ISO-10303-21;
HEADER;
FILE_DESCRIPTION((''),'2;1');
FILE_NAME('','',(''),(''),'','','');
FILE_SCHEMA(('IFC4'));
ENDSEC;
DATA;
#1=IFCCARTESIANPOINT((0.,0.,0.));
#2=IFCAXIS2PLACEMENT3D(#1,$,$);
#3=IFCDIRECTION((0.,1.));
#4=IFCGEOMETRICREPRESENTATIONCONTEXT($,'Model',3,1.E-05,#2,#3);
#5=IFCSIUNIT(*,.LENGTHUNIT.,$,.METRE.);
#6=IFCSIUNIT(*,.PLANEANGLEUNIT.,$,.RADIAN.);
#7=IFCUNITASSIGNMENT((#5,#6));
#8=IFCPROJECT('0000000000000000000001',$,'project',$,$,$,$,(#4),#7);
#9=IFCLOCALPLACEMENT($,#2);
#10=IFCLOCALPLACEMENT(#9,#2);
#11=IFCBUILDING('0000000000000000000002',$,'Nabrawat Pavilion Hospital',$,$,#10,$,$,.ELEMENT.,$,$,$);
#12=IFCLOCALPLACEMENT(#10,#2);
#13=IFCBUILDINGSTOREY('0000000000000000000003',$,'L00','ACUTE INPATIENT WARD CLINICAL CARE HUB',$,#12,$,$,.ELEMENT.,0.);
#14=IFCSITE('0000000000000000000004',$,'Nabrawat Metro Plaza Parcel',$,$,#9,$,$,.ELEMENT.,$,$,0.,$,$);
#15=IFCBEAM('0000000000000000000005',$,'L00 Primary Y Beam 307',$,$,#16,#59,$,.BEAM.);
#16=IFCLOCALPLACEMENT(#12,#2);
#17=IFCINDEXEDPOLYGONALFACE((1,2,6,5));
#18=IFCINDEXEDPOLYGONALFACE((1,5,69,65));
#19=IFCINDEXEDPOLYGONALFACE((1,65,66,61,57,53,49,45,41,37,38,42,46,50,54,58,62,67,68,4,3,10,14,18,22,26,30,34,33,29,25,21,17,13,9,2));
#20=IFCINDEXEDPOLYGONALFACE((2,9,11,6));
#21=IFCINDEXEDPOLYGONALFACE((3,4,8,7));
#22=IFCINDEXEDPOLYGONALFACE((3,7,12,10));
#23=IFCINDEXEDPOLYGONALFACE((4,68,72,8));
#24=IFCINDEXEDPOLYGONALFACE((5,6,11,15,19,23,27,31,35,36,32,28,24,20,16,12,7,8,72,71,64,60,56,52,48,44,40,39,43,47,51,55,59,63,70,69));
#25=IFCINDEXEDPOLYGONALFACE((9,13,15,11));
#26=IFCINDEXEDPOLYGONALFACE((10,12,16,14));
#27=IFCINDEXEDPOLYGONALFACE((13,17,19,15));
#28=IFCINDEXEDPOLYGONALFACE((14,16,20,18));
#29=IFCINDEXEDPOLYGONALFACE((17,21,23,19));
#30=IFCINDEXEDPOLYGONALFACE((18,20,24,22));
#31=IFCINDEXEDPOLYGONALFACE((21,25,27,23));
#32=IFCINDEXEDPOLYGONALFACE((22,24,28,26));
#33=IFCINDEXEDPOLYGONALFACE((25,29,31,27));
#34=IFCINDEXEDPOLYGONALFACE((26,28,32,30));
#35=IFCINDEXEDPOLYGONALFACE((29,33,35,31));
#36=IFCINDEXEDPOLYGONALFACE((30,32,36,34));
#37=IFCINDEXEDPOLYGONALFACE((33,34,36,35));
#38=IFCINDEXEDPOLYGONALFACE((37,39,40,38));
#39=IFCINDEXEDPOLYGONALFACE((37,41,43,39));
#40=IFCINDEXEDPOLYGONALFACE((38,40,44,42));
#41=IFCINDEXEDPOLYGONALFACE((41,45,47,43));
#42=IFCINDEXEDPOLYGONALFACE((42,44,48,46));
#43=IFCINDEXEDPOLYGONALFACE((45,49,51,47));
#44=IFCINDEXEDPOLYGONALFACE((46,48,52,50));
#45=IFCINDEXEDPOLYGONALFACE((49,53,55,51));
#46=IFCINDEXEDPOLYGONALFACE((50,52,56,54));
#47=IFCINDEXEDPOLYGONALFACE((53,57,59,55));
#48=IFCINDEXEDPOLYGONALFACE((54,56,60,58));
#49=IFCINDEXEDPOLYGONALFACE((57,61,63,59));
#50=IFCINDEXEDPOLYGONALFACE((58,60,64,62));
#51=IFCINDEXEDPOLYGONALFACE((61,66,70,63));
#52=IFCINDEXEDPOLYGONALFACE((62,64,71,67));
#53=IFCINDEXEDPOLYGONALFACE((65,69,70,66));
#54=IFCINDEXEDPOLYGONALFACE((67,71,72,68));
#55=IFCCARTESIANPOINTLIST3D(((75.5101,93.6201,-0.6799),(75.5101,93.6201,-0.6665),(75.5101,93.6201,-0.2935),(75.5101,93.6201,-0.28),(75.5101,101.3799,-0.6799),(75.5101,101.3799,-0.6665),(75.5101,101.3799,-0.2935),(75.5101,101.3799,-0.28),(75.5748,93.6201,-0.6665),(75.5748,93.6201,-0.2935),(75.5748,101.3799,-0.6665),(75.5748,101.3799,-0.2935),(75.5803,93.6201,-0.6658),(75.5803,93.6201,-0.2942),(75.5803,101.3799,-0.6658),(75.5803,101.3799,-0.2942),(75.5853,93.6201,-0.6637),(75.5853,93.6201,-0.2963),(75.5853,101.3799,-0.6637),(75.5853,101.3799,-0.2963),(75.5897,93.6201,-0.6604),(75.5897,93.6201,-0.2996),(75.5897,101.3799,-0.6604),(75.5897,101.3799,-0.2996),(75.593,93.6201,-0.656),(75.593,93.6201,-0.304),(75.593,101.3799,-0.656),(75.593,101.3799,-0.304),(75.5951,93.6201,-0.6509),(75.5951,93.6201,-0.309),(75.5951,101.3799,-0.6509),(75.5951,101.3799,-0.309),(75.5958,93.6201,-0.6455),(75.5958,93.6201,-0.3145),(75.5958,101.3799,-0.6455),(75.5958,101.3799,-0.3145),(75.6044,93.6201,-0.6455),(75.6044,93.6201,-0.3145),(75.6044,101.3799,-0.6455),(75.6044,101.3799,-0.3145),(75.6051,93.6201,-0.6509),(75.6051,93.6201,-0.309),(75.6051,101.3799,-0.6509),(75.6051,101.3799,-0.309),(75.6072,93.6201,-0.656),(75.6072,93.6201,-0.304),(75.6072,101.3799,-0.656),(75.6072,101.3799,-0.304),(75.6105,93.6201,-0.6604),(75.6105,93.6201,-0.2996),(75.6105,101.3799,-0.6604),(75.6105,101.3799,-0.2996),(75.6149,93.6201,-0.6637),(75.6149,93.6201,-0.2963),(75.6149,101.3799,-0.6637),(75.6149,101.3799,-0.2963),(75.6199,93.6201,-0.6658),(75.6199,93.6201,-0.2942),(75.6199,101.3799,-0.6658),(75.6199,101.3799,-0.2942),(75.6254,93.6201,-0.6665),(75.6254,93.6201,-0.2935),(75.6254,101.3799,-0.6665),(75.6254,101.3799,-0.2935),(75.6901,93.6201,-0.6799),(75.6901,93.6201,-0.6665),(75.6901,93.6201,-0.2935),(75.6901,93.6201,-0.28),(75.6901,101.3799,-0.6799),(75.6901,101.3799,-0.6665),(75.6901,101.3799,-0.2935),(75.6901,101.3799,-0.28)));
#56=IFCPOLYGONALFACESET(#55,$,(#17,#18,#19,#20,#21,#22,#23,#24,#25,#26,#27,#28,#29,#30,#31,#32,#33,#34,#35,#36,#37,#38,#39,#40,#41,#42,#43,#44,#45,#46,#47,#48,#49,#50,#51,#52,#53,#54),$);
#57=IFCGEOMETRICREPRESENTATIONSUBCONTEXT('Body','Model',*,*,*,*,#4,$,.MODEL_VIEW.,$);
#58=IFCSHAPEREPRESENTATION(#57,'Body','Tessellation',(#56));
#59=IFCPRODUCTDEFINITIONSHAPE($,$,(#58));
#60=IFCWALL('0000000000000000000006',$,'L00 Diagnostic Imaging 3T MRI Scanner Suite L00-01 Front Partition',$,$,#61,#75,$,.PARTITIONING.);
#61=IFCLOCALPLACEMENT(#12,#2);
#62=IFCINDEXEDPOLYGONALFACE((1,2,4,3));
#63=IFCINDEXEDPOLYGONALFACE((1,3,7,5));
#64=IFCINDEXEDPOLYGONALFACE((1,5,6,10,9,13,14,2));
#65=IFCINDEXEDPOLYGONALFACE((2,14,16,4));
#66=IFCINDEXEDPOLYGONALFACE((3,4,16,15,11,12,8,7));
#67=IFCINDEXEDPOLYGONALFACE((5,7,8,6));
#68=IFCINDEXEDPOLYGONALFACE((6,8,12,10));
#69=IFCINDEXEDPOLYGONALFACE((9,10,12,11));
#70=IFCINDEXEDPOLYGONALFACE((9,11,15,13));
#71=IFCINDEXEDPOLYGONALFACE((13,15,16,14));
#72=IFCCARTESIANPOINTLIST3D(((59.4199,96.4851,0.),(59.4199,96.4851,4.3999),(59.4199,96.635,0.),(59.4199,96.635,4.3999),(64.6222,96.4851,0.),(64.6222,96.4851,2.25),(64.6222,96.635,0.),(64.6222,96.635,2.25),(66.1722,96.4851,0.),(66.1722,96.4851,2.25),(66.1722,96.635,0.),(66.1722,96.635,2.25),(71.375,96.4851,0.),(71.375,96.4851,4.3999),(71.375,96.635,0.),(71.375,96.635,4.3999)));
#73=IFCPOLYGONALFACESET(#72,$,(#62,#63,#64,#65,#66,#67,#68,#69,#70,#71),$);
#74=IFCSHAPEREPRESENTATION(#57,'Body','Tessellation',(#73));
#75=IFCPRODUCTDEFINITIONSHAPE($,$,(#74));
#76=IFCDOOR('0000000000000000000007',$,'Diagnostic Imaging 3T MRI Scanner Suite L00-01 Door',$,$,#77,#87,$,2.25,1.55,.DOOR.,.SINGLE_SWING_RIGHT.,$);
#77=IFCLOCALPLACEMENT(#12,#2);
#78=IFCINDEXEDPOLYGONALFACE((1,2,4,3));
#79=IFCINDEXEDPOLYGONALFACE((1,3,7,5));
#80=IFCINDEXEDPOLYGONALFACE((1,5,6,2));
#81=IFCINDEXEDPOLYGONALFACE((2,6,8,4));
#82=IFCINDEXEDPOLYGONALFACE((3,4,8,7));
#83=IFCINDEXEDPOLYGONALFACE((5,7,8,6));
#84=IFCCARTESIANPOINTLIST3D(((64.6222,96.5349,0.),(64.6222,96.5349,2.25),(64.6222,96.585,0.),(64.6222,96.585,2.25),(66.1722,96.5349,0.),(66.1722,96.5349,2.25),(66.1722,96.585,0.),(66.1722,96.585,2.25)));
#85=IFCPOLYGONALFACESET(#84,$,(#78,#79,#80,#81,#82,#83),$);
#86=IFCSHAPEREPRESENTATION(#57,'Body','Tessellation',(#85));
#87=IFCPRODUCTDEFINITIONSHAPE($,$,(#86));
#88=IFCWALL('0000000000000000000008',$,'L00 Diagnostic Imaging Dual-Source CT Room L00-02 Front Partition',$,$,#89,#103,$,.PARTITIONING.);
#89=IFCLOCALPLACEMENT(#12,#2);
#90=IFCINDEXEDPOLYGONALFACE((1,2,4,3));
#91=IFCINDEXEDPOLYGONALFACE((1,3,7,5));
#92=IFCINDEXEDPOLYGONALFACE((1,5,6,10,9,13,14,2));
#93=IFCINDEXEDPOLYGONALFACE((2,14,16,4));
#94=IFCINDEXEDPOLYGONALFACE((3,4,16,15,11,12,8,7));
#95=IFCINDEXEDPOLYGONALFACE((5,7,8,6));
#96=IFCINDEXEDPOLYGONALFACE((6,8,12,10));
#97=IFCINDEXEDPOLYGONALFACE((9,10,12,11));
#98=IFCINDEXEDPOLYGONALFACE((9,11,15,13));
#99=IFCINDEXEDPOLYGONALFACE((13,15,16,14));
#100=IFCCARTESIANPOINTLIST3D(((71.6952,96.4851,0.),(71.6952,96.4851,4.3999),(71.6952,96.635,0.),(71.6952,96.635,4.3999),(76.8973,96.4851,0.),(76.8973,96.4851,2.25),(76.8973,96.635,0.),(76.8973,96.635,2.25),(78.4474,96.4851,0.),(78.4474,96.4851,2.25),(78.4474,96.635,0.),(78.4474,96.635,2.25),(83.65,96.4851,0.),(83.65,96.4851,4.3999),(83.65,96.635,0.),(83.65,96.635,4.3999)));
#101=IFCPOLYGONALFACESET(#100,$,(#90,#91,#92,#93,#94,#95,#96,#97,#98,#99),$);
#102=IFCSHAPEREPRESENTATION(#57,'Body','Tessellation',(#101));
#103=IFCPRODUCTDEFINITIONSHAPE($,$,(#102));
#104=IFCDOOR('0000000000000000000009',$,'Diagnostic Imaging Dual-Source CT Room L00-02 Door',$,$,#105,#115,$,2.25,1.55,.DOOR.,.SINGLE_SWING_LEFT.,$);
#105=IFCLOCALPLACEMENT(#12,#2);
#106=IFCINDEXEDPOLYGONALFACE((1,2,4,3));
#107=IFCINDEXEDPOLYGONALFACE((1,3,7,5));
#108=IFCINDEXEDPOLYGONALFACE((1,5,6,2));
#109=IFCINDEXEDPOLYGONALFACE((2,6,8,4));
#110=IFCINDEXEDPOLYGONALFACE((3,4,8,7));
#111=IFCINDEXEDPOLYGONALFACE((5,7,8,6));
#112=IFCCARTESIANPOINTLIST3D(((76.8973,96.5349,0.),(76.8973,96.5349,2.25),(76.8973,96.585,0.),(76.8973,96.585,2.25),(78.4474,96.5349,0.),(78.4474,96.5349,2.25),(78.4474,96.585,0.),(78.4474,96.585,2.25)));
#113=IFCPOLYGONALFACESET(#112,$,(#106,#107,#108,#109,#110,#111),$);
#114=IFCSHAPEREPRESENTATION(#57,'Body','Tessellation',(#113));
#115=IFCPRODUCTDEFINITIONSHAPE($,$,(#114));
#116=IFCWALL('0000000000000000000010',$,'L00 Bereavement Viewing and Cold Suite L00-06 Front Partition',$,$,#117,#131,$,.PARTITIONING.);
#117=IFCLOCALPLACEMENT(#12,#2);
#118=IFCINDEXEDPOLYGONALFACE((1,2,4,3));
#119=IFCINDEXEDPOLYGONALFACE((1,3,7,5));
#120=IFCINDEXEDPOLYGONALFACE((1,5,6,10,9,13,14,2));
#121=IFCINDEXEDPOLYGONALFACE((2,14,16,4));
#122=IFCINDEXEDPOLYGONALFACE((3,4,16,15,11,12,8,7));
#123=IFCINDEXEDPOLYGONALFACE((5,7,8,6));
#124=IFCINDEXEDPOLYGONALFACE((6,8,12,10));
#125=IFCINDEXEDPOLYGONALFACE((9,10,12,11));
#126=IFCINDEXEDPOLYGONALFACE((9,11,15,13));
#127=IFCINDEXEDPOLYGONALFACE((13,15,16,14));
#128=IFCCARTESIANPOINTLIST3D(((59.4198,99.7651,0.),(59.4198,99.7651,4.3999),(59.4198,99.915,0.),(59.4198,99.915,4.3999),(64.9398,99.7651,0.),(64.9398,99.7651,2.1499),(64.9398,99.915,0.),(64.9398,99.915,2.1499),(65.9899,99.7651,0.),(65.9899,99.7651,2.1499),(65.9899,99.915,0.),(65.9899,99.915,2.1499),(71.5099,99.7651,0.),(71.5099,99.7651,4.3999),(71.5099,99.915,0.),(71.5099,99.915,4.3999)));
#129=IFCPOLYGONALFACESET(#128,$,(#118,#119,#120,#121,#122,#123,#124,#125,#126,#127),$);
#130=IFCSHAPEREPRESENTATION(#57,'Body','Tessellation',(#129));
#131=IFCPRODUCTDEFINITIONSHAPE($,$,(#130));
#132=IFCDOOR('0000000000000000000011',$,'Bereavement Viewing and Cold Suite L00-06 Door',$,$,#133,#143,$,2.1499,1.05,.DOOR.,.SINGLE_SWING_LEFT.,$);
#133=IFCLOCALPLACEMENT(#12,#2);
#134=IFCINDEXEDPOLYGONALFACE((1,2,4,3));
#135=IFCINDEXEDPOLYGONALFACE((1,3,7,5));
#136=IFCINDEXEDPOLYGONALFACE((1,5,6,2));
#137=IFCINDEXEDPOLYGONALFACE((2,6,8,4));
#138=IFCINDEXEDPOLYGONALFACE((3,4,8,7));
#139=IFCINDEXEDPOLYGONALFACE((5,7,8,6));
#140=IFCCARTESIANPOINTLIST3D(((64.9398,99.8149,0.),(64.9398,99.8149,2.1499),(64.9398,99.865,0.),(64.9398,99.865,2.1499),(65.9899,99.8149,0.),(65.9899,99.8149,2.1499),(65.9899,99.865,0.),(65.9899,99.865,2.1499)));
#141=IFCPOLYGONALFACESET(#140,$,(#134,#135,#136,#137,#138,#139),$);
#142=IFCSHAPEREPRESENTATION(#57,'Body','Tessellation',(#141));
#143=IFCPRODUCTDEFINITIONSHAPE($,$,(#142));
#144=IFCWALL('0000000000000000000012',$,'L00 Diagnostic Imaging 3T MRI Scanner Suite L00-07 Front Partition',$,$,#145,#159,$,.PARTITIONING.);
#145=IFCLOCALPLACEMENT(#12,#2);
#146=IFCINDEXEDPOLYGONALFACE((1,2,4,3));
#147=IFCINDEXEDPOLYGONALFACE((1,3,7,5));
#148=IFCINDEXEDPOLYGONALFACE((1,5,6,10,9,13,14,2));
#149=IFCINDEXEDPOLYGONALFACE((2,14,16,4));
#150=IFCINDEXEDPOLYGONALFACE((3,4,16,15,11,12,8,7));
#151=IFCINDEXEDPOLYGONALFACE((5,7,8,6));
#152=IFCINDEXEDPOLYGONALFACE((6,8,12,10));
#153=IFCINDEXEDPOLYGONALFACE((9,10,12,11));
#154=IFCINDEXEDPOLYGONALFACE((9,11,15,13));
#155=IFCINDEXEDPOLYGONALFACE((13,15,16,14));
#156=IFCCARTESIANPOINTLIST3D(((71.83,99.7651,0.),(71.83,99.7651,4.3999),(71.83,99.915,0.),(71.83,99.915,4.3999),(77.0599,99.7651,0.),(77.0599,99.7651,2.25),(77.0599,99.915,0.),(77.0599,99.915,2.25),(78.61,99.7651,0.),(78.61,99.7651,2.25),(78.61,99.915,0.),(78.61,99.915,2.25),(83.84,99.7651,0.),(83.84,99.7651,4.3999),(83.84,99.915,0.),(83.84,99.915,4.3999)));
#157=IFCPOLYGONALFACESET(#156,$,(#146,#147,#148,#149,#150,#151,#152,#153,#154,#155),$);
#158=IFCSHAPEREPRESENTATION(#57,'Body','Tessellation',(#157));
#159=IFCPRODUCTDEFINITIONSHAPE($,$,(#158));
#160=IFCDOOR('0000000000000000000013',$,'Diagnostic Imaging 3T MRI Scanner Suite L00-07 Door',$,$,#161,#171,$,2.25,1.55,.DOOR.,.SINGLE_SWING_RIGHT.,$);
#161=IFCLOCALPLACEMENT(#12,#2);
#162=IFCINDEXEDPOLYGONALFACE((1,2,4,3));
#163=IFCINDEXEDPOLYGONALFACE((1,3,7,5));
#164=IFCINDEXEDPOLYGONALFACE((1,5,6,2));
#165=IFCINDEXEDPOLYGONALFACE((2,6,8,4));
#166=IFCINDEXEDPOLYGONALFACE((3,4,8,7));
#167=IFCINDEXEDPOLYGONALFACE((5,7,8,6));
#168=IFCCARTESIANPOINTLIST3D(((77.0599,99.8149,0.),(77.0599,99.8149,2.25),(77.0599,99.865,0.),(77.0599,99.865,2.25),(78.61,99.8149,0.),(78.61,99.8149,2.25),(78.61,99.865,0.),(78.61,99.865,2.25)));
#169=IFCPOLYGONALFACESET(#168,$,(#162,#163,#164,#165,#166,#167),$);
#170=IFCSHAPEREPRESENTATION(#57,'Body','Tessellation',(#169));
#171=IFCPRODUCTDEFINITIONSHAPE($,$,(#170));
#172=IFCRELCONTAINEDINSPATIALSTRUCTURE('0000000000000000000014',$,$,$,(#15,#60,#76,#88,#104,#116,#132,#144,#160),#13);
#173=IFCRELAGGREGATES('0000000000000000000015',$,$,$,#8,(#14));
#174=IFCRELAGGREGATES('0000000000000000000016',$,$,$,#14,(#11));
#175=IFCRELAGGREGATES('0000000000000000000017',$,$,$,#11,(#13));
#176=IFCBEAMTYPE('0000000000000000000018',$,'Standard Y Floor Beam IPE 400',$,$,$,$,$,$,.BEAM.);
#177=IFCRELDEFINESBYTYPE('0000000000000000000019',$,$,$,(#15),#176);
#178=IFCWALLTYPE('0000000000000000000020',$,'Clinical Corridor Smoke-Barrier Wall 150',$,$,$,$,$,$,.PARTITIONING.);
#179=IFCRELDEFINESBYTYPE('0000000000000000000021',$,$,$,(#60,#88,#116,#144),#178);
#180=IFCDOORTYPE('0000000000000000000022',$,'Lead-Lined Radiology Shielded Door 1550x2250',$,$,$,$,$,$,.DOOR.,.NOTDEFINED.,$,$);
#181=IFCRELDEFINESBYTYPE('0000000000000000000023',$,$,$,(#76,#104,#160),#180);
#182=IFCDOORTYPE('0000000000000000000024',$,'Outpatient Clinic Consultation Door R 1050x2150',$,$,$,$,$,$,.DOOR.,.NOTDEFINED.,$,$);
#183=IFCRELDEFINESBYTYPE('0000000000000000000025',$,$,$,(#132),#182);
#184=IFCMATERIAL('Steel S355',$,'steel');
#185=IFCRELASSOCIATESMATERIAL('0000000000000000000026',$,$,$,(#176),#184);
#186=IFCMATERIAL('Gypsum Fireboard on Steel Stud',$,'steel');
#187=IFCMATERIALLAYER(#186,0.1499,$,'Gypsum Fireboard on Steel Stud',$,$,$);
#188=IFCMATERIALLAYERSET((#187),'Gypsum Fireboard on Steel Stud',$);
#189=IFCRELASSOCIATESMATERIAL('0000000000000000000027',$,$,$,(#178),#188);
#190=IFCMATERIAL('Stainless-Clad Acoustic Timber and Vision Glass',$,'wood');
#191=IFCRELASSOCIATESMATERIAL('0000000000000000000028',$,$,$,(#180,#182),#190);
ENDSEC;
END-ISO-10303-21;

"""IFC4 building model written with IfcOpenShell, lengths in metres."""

from ifc_helpers import new_model, si_unit, direction, frame, frame_2d, origin, origin_2d, place, context, subcontext, project, spatial, rectangle, i_section, extrude, material, layer, layer_set, material_profile, profile_set, type_object, element, fill, save


model = new_model("IFC4")

# Units and contexts
model_context = context("Model", 3, precision=1e-05, world=origin(), true_north=direction((0.0, 1.0)))
body_context = subcontext(model_context, "Body", "Model", "MODEL_VIEW")
ifc_project = project(units=[si_unit("LENGTHUNIT", "METRE"), si_unit("PLANEANGLEUNIT", "RADIAN")], contexts=[model_context])

# Site, building, storey
site_placement = place(None, origin())
site = spatial("IfcSite", under=ifc_project, at=site_placement, Name="Nabrawat Metro Plaza Parcel", CompositionType="ELEMENT", RefElevation=0.0)
building_placement = place(site_placement, origin())
building = spatial("IfcBuilding", under=site, at=building_placement, Name="Nabrawat Pavilion Hospital", CompositionType="ELEMENT")
storey_placement = place(building_placement, origin())
storey = spatial("IfcBuildingStorey", under=building, at=storey_placement, Name="L00", Description="ACUTE INPATIENT WARD CLINICAL CARE HUB", CompositionType="ELEMENT", Elevation=0.0)

# Shared definitions
ifc_material_1 = material(Name="Steel S355", Category="steel")

# Beam
ifc_material_profile_1 = material_profile(ifc_material_1, i_section(OverallWidth=0.1799, OverallDepth=0.3999, WebThickness=0.0085, FlangeThickness=0.0134, FilletRadius=0.021, at=origin_2d()), Name="IPE 400")
ifc_profile_set_1 = profile_set([ifc_material_profile_1], Name="Steel S355")
beam_type_1 = type_object("IfcBeamType", Name="Standard Y Floor Beam IPE 400", PredefinedType="BEAM", material=ifc_profile_set_1)
for number, where, z_axis, x_axis, name in (
    (1, (75.6001, 93.6201, -0.48), (0.0, 1.0, 0.0), (-1.0, 0.0, 0.0), "L00 Primary Y Beam 307"),
):
    element("IfcBeam", number, at=place(storey_placement, frame(where, z_axis=z_axis, x_axis=x_axis)), inside=storey, type_object=beam_type_1, Name=name, PredefinedType="BEAM", context=body_context, shape_type="SweptSolid", body=[
        extrude(i_section(OverallWidth=0.1799, OverallDepth=0.3999, WebThickness=0.0085, FlangeThickness=0.0134, FilletRadius=0.021, at=origin_2d()), origin(), (0.0, 0.0, 1.0), 7.7598),
    ])

# Walls, openings, doors
ifc_material_2 = material(Name="Gypsum Fireboard on Steel Stud", Category="steel")
ifc_layer_1 = layer(ifc_material_2, 0.1499, Name="Gypsum Fireboard on Steel Stud")
ifc_layer_set_1 = layer_set([ifc_layer_1], Name="Gypsum Fireboard on Steel Stud")
wall_type_1 = type_object("IfcWallType", Name="Clinical Corridor Smoke-Barrier Wall 150", PredefinedType="PARTITIONING", material=ifc_layer_set_1)
wall_1_placement = place(storey_placement, frame((59.4199, 96.5601, 0.0), z_axis=(0.0, 0.0, 1.0), x_axis=(1.0, 0.0, 0.0)))
wall_1 = element("IfcWall", 2, at=wall_1_placement, inside=storey, type_object=wall_type_1, Name="L00 Diagnostic Imaging 3T MRI Scanner Suite L00-01 Front Partition", PredefinedType="PARTITIONING", context=body_context, shape_type="SweptSolid", body=[
    extrude(rectangle(XDim=11.9551, YDim=0.1499, at=frame_2d((5.9775, 0.0))), origin(), (0.0, 0.0, 1.0), 4.3999),
])
opening_1_placement = place(wall_1_placement, frame((5.2024, 0.0, 0.0)))
opening_1 = element("IfcOpeningElement", 3, at=opening_1_placement, cuts=wall_1, PredefinedType="OPENING", context=body_context, shape_type="SweptSolid", body=[
    extrude(rectangle(XDim=1.55, YDim=2.25, at=frame_2d((0.7749, 1.125))), frame((0.0, 0.085, 0.0), z_axis=(0.0, -1.0, 0.0), x_axis=(1.0, 0.0, 0.0)), (0.0, 0.0, 1.0), 0.1699),
])
ifc_material_3 = material(Name="Stainless-Clad Acoustic Timber and Vision Glass", Category="wood")
door_type_1 = type_object("IfcDoorType", Name="Lead-Lined Radiology Shielded Door 1550x2250", OperationType="NOTDEFINED", PredefinedType="DOOR", material=ifc_material_3)
door_1_placement = place(opening_1_placement, origin())
door_1 = element("IfcDoor", 4, at=door_1_placement, inside=storey, type_object=door_type_1, Name="Diagnostic Imaging 3T MRI Scanner Suite L00-01 Door", OperationType="SINGLE_SWING_RIGHT", OverallHeight=2.25, OverallWidth=1.55, PredefinedType="DOOR", context=body_context, shape_type="SweptSolid", body=[
    extrude(rectangle(XDim=1.55, YDim=2.25, at=frame_2d((0.7749, 1.125))), frame((0.0, 0.0249, 0.0), z_axis=(0.0, -1.0, 0.0), x_axis=(1.0, 0.0, 0.0)), (0.0, 0.0, 1.0), 0.05),
])
fill(opening_1, door_1)
wall_2_placement = place(storey_placement, frame((71.6951, 96.5601, 0.0), z_axis=(0.0, 0.0, 1.0), x_axis=(1.0, 0.0, 0.0)))
wall_2 = element("IfcWall", 5, at=wall_2_placement, inside=storey, type_object=wall_type_1, Name="L00 Diagnostic Imaging Dual-Source CT Room L00-02 Front Partition", PredefinedType="PARTITIONING", context=body_context, shape_type="SweptSolid", body=[
    extrude(rectangle(XDim=11.9548, YDim=0.1499, at=frame_2d((5.9775, 0.0))), origin(), (0.0, 0.0, 1.0), 4.3999),
])
opening_2_placement = place(wall_2_placement, frame((5.2024, 0.0, 0.0)))
opening_2 = element("IfcOpeningElement", 6, at=opening_2_placement, cuts=wall_2, PredefinedType="OPENING", context=body_context, shape_type="SweptSolid", body=[
    extrude(rectangle(XDim=1.55, YDim=2.25, at=frame_2d((0.7749, 1.125))), frame((0.0, 0.085, 0.0), z_axis=(0.0, -1.0, 0.0), x_axis=(1.0, 0.0, 0.0)), (0.0, 0.0, 1.0), 0.1699),
])
door_2_placement = place(opening_2_placement, origin())
door_2 = element("IfcDoor", 7, at=door_2_placement, inside=storey, type_object=door_type_1, Name="Diagnostic Imaging Dual-Source CT Room L00-02 Door", OperationType="SINGLE_SWING_LEFT", OverallHeight=2.25, OverallWidth=1.55, PredefinedType="DOOR", context=body_context, shape_type="SweptSolid", body=[
    extrude(rectangle(XDim=1.55, YDim=2.25, at=frame_2d((0.7749, 1.125))), frame((0.0, 0.0249, 0.0), z_axis=(0.0, -1.0, 0.0), x_axis=(1.0, 0.0, 0.0)), (0.0, 0.0, 1.0), 0.05),
])
fill(opening_2, door_2)
wall_3_placement = place(storey_placement, frame((59.4199, 99.8401, 0.0), z_axis=(0.0, 0.0, 1.0), x_axis=(1.0, 0.0, 0.0)))
wall_3 = element("IfcWall", 8, at=wall_3_placement, inside=storey, type_object=wall_type_1, Name="L00 Bereavement Viewing and Cold Suite L00-06 Front Partition", PredefinedType="PARTITIONING", context=body_context, shape_type="SweptSolid", body=[
    extrude(rectangle(XDim=12.0901, YDim=0.1499, at=frame_2d((6.0449, 0.0))), origin(), (0.0, 0.0, 1.0), 4.3999),
])
opening_3_placement = place(wall_3_placement, frame((5.52, 0.0, 0.0)))
opening_3 = element("IfcOpeningElement", 9, at=opening_3_placement, cuts=wall_3, PredefinedType="OPENING", context=body_context, shape_type="SweptSolid", body=[
    extrude(rectangle(XDim=1.05, YDim=2.1499, at=frame_2d((0.5249, 1.075))), frame((0.0, 0.085, 0.0), z_axis=(0.0, -1.0, 0.0), x_axis=(1.0, 0.0, 0.0)), (0.0, 0.0, 1.0), 0.1699),
])
door_type_2 = type_object("IfcDoorType", Name="Outpatient Clinic Consultation Door R 1050x2150", OperationType="NOTDEFINED", PredefinedType="DOOR", material=ifc_material_3)
door_3_placement = place(opening_3_placement, origin())
door_3 = element("IfcDoor", 10, at=door_3_placement, inside=storey, type_object=door_type_2, Name="Bereavement Viewing and Cold Suite L00-06 Door", OperationType="SINGLE_SWING_LEFT", OverallHeight=2.1499, OverallWidth=1.05, PredefinedType="DOOR", context=body_context, shape_type="SweptSolid", body=[
    extrude(rectangle(XDim=1.05, YDim=2.1499, at=frame_2d((0.5249, 1.075))), frame((0.0, 0.0249, 0.0), z_axis=(0.0, -1.0, 0.0), x_axis=(1.0, 0.0, 0.0)), (0.0, 0.0, 1.0), 0.05),
])
fill(opening_3, door_3)
wall_4_placement = place(storey_placement, frame((71.8301, 99.8401, 0.0), z_axis=(0.0, 0.0, 1.0), x_axis=(1.0, 0.0, 0.0)))
wall_4 = element("IfcWall", 11, at=wall_4_placement, inside=storey, type_object=wall_type_1, Name="L00 Diagnostic Imaging 3T MRI Scanner Suite L00-07 Front Partition", PredefinedType="PARTITIONING", context=body_context, shape_type="SweptSolid", body=[
    extrude(rectangle(XDim=12.01, YDim=0.1499, at=frame_2d((6.0049, 0.0))), origin(), (0.0, 0.0, 1.0), 4.3999),
])
opening_4_placement = place(wall_4_placement, frame((5.23, 0.0, 0.0)))
opening_4 = element("IfcOpeningElement", 12, at=opening_4_placement, cuts=wall_4, PredefinedType="OPENING", context=body_context, shape_type="SweptSolid", body=[
    extrude(rectangle(XDim=1.55, YDim=2.25, at=frame_2d((0.7749, 1.125))), frame((0.0, 0.085, 0.0), z_axis=(0.0, -1.0, 0.0), x_axis=(1.0, 0.0, 0.0)), (0.0, 0.0, 1.0), 0.1699),
])
door_4_placement = place(opening_4_placement, origin())
door_4 = element("IfcDoor", 13, at=door_4_placement, inside=storey, type_object=door_type_1, Name="Diagnostic Imaging 3T MRI Scanner Suite L00-07 Door", OperationType="SINGLE_SWING_RIGHT", OverallHeight=2.25, OverallWidth=1.55, PredefinedType="DOOR", context=body_context, shape_type="SweptSolid", body=[
    extrude(rectangle(XDim=1.55, YDim=2.25, at=frame_2d((0.7749, 1.125))), frame((0.0, 0.0249, 0.0), z_axis=(0.0, -1.0, 0.0), x_axis=(1.0, 0.0, 0.0)), (0.0, 0.0, 1.0), 0.05),
])
fill(opening_4, door_4)

save(model, "model.ifc")
